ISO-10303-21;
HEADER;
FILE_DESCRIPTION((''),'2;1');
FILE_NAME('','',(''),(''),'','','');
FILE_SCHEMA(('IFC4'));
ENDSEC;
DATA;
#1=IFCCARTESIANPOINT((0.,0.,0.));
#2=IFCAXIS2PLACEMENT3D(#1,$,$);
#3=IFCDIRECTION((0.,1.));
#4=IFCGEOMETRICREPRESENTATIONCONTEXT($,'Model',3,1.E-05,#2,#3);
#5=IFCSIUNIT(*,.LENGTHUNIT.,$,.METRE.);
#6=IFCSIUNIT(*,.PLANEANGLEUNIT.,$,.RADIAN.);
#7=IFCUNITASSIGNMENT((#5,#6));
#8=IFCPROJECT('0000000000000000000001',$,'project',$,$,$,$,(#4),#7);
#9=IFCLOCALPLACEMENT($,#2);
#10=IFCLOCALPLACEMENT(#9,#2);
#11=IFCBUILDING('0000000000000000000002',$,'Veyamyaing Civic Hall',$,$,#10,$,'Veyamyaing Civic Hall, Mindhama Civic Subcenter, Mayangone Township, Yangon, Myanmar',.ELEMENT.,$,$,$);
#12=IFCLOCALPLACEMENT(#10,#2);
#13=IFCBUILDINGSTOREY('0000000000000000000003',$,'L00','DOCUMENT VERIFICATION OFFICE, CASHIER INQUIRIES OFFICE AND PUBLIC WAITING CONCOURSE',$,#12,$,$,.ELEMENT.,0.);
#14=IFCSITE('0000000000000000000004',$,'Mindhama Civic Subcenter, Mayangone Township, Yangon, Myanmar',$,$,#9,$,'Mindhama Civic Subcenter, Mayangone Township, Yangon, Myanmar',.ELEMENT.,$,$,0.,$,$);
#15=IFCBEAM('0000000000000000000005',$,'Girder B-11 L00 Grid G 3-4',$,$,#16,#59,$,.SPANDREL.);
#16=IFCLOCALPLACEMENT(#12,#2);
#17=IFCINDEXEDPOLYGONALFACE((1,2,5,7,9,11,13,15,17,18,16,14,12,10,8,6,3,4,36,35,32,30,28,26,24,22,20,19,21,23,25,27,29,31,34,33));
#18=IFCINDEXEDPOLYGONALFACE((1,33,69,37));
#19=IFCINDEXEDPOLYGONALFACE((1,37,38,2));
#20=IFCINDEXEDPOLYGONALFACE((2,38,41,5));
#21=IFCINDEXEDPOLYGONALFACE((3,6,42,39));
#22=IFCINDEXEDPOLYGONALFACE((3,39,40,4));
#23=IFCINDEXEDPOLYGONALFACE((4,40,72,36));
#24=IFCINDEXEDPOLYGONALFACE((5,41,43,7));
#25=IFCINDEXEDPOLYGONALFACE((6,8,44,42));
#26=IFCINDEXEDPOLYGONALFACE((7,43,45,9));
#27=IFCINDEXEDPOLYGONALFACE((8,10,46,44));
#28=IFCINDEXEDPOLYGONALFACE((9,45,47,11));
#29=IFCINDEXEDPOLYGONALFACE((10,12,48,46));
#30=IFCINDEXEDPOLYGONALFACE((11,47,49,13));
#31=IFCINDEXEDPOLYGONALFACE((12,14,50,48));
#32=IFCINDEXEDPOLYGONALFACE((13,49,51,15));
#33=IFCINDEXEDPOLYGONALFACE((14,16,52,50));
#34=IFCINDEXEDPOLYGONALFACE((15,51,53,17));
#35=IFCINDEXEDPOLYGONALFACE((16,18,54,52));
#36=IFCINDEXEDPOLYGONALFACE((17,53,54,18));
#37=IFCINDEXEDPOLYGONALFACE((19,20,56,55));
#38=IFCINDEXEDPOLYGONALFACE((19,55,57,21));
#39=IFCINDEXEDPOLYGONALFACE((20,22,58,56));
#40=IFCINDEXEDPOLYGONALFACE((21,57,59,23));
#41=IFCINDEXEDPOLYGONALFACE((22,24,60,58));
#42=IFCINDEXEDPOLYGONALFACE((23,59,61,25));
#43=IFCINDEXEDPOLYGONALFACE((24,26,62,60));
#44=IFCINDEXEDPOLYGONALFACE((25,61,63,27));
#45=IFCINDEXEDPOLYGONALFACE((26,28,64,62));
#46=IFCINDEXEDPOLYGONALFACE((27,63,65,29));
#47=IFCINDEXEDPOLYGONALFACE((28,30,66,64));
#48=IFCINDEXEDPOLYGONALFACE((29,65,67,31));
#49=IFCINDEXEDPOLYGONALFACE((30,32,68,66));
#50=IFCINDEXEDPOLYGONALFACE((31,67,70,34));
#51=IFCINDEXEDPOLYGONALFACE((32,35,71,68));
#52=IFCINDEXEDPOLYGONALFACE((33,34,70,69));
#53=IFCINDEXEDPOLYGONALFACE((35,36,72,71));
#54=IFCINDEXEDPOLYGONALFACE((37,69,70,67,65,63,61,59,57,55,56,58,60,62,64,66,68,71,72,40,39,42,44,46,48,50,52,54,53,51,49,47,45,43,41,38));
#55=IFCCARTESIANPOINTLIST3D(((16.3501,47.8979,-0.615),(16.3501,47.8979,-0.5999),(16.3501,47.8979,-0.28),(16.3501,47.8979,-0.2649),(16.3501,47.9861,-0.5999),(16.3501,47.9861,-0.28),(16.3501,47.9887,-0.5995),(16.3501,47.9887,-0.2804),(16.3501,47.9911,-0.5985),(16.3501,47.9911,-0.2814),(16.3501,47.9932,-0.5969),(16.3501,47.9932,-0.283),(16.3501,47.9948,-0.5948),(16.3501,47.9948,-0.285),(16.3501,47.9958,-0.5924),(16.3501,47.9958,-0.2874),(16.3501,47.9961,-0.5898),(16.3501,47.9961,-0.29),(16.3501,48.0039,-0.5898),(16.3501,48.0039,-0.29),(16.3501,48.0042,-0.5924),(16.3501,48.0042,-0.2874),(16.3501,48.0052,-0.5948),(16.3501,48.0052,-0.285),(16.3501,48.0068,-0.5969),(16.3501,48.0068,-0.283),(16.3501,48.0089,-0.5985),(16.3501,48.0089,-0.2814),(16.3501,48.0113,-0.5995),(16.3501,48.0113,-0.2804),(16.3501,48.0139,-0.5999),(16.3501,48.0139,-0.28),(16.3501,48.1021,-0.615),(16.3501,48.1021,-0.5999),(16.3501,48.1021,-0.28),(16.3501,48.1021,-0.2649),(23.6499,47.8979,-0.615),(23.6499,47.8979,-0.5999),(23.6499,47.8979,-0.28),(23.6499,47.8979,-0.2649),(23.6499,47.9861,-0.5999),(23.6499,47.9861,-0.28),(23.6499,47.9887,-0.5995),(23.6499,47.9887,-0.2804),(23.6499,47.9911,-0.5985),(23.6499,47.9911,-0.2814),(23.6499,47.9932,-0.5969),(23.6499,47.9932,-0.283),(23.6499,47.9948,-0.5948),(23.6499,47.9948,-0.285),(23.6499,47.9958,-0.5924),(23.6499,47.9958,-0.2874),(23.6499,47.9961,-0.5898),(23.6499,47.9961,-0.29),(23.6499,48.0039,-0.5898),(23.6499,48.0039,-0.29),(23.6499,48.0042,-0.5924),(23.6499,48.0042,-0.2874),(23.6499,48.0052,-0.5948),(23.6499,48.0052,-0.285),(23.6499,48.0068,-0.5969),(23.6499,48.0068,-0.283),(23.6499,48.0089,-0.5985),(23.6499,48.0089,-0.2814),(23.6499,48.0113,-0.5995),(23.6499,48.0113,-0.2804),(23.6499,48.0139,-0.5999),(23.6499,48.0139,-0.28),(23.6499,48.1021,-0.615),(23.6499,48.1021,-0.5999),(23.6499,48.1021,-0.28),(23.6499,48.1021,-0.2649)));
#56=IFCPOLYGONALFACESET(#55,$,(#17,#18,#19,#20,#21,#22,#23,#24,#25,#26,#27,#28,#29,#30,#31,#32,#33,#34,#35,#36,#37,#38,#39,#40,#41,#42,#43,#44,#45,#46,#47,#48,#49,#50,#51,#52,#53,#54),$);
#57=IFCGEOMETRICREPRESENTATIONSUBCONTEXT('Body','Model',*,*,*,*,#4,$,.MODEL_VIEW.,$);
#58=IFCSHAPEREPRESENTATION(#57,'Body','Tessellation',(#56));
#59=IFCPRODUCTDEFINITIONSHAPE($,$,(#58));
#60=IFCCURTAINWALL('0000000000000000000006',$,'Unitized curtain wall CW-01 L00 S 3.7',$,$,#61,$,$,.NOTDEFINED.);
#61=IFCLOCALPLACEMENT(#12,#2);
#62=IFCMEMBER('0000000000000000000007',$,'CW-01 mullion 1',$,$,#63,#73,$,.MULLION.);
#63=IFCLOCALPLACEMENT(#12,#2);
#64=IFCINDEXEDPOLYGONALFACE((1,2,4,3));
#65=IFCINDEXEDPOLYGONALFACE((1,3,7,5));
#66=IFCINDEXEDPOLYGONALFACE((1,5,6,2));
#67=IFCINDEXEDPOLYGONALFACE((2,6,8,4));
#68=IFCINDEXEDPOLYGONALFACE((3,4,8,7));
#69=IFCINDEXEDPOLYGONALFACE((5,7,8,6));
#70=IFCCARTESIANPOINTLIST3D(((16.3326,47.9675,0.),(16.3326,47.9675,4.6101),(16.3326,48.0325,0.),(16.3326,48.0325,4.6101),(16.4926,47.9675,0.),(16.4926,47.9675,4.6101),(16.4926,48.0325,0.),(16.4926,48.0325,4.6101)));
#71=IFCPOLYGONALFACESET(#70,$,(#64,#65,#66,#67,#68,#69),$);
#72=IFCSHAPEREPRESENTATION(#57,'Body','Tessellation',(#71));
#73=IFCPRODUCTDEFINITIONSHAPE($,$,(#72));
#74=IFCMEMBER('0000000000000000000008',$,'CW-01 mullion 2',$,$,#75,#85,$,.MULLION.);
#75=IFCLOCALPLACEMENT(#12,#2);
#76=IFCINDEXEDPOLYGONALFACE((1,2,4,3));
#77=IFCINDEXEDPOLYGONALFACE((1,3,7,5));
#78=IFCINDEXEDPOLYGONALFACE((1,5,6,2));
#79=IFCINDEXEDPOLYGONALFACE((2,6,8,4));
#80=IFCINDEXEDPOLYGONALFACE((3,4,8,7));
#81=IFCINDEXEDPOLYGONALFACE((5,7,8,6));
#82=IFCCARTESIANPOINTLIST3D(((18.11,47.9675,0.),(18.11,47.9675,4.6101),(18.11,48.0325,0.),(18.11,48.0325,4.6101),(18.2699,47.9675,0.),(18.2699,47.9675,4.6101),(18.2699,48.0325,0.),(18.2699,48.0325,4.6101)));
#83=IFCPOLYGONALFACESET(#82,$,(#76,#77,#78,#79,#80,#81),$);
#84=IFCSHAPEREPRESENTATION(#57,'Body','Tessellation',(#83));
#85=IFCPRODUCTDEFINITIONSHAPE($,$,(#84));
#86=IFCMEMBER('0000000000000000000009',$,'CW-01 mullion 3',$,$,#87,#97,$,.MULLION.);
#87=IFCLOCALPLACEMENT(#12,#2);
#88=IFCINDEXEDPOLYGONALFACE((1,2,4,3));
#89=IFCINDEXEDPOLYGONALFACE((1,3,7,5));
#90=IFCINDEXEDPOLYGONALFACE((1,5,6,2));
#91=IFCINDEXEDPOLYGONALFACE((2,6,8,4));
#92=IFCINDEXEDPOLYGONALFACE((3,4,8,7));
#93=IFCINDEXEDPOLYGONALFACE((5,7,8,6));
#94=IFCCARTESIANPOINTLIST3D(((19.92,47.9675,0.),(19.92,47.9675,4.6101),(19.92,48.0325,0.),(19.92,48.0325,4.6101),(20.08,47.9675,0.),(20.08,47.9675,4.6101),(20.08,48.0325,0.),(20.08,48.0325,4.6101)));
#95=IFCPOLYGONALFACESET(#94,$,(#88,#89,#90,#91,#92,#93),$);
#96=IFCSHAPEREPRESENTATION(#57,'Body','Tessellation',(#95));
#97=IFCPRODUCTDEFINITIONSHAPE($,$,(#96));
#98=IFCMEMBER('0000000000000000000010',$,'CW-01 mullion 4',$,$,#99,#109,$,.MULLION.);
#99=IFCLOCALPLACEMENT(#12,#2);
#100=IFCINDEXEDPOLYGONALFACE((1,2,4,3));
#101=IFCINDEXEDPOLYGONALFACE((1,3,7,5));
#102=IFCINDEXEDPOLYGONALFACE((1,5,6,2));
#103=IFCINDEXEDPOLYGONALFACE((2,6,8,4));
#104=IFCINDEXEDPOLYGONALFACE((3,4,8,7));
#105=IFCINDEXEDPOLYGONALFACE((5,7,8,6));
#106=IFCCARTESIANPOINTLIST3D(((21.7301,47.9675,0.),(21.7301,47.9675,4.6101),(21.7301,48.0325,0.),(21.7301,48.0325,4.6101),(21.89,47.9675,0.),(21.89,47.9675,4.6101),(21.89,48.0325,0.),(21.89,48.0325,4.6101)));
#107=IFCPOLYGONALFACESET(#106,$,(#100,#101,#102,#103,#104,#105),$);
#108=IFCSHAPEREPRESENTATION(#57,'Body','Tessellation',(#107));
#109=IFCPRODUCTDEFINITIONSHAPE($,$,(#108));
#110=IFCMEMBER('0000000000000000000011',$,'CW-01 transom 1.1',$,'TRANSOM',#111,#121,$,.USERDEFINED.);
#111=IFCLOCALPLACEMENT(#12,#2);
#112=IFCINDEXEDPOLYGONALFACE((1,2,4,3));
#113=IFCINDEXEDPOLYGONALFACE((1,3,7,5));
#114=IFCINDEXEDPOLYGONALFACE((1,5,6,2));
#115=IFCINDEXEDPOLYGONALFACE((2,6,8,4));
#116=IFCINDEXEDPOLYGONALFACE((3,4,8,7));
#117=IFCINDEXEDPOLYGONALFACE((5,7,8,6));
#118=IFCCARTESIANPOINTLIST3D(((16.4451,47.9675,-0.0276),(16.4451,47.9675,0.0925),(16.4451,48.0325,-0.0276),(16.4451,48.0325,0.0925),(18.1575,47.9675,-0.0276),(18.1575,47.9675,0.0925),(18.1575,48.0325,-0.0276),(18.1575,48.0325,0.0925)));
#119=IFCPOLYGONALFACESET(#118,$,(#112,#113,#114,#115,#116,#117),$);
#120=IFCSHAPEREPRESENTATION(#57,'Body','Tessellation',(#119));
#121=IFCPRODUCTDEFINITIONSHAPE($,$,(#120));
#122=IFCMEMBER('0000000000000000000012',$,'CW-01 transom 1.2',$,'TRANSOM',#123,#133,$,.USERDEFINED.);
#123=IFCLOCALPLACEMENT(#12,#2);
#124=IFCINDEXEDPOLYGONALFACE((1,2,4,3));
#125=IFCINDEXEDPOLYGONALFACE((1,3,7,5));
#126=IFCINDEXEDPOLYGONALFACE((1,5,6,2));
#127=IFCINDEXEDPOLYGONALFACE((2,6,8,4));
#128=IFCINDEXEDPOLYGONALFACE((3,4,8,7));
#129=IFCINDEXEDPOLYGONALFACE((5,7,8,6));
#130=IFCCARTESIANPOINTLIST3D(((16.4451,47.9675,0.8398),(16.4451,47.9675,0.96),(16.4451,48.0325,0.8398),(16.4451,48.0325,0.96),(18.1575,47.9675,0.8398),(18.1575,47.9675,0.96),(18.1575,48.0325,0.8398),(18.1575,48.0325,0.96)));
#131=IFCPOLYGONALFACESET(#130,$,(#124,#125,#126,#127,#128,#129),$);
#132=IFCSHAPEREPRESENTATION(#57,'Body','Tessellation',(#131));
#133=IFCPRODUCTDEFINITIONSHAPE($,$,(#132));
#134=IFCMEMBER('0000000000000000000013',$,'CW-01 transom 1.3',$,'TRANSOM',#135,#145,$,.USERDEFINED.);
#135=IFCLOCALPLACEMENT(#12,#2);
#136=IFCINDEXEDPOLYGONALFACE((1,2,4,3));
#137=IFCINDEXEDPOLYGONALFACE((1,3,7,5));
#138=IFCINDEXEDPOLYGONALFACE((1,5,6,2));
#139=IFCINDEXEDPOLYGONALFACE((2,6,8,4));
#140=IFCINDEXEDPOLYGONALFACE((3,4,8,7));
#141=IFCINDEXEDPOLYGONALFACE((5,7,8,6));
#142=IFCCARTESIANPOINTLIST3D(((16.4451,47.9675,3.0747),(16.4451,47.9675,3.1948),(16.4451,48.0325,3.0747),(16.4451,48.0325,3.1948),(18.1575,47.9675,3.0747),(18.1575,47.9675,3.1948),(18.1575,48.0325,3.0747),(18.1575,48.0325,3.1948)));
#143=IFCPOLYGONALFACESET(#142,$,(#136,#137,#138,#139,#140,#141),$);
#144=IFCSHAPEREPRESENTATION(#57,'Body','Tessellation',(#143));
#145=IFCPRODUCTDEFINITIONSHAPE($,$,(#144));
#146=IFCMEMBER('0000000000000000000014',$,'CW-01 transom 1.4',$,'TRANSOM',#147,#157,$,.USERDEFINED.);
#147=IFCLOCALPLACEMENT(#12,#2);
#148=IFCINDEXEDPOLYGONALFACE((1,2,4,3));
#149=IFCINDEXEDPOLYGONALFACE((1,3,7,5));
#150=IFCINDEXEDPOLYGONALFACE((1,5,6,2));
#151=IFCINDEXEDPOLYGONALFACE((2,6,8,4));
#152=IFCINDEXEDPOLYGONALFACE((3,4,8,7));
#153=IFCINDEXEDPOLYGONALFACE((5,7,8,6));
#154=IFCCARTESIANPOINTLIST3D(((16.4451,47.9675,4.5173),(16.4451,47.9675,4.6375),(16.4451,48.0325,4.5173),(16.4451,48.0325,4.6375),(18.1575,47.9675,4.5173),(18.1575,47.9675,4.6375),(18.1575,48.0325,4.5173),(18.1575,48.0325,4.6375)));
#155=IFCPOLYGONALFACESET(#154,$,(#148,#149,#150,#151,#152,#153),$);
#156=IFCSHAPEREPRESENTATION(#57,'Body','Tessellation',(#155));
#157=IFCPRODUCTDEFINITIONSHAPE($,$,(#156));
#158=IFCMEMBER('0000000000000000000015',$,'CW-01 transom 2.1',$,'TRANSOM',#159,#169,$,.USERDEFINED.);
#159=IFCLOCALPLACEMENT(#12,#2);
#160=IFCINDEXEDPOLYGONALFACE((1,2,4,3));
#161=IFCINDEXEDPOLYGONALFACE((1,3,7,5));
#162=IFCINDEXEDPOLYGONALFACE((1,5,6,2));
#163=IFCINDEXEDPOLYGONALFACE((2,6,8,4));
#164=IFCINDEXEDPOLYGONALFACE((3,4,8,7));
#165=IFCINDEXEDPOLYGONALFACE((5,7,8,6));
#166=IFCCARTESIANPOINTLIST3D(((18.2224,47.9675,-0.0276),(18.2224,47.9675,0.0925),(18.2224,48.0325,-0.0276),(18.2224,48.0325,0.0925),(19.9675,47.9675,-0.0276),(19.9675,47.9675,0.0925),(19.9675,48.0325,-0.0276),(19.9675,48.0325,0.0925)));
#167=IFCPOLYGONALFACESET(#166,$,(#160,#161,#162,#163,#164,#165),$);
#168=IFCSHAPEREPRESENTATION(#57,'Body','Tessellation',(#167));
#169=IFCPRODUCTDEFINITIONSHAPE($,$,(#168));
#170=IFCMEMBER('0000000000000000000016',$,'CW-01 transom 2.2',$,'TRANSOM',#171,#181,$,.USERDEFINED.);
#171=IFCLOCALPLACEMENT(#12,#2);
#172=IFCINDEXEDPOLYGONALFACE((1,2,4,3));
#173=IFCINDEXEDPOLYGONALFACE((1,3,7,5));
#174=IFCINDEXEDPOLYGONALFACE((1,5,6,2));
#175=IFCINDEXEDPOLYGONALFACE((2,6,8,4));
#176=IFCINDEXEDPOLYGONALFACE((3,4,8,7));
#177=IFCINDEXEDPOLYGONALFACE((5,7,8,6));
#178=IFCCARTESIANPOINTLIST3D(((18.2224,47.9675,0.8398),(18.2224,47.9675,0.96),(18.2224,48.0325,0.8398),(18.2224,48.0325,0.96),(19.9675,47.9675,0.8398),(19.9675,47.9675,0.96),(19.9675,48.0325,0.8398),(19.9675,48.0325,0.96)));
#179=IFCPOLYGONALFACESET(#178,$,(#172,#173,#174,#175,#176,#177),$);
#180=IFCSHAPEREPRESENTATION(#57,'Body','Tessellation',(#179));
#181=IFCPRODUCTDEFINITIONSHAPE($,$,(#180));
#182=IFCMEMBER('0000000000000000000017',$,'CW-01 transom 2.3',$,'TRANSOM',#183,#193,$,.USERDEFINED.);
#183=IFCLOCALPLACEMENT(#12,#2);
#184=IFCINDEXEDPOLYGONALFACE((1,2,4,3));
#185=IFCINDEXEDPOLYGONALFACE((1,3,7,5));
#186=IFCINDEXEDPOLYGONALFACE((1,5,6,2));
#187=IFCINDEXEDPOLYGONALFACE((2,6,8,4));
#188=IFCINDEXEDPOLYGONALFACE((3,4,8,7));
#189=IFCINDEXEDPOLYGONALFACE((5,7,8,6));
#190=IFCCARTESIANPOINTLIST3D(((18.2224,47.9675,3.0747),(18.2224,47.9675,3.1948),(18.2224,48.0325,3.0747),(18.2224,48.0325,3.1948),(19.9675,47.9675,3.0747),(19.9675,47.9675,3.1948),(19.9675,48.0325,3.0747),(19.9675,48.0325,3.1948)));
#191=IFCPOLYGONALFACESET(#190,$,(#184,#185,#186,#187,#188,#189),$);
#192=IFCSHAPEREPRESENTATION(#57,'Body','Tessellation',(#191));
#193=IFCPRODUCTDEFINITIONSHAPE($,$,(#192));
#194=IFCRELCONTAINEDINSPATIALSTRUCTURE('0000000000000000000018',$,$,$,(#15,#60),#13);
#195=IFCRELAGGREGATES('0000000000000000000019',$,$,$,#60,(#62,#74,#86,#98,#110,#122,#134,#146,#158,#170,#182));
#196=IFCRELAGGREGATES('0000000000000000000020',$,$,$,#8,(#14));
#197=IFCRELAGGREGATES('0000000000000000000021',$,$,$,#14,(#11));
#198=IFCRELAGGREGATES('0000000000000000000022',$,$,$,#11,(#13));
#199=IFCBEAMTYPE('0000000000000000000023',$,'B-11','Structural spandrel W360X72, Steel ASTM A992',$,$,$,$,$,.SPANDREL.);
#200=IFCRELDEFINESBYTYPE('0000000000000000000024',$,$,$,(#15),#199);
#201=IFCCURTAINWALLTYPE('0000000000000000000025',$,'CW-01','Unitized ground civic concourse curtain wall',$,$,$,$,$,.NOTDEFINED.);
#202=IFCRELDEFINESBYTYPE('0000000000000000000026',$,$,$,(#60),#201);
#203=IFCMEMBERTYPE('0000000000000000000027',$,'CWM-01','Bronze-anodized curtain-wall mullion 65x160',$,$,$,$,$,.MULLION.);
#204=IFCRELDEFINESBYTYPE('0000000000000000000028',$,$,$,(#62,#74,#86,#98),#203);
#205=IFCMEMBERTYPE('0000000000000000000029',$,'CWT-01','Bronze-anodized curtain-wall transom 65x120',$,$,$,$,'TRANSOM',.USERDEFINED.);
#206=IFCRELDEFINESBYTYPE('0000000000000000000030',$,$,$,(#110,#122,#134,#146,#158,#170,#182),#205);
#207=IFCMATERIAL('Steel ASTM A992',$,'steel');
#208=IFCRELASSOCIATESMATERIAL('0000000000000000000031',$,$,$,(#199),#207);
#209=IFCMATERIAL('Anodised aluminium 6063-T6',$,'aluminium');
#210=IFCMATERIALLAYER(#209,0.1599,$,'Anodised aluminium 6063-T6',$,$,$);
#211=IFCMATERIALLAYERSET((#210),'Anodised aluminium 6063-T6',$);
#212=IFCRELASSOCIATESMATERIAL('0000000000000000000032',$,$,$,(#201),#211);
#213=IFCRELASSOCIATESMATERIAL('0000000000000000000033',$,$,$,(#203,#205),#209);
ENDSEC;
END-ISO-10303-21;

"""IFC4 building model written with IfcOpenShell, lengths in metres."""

from ifc_helpers import new_model, si_unit, direction, frame, origin, origin_2d, place, context, subcontext, project, spatial, rectangle, i_section, extrude, material, layer, layer_set, material_profile, profile_set, type_object, element, aggregate, save


model = new_model("IFC4")

# Units and contexts
model_context = context("Model", 3, precision=1e-05, world=origin(), true_north=direction((0.0, 1.0)))
body_context = subcontext(model_context, "Body", "Model", "MODEL_VIEW")
ifc_project = project(units=[si_unit("LENGTHUNIT", "METRE"), si_unit("PLANEANGLEUNIT", "RADIAN")], contexts=[model_context])

# Site, building, storey
site_placement = place(None, origin())
site = spatial("IfcSite", under=ifc_project, at=site_placement, Name="Mindhama Civic Subcenter, Mayangone Township, Yangon, Myanmar", LongName="Mindhama Civic Subcenter, Mayangone Township, Yangon, Myanmar", CompositionType="ELEMENT", RefElevation=0.0)
building_placement = place(site_placement, origin())
building = spatial("IfcBuilding", under=site, at=building_placement, Name="Veyamyaing Civic Hall", LongName="Veyamyaing Civic Hall, Mindhama Civic Subcenter, Mayangone Township, Yangon, Myanmar", CompositionType="ELEMENT")
storey_placement = place(building_placement, origin())
storey = spatial("IfcBuildingStorey", under=building, at=storey_placement, Name="L00", Description="DOCUMENT VERIFICATION OFFICE, CASHIER INQUIRIES OFFICE AND PUBLIC WAITING CONCOURSE", CompositionType="ELEMENT", Elevation=0.0)

# Beam
ifc_material_1 = material(Name="Steel ASTM A992", Category="steel")
ifc_material_profile_1 = material_profile(ifc_material_1, i_section(OverallWidth=0.2041, OverallDepth=0.3501, WebThickness=0.0078, FlangeThickness=0.0151, FilletRadius=0.01, at=origin_2d()), Name="W360X72")
ifc_profile_set_1 = profile_set([ifc_material_profile_1], Name="Steel ASTM A992")
beam_type = type_object("IfcBeamType", Name="B-11", Description="Structural spandrel W360X72, Steel ASTM A992", PredefinedType="SPANDREL", material=ifc_profile_set_1)
beam_placement = place(storey_placement, frame((16.3501, 48.0, -0.4399), z_axis=(1.0, 0.0, 0.0), x_axis=(0.0, 1.0, 0.0)))
element("IfcBeam", 1, at=beam_placement, inside=storey, type_object=beam_type, Name="Girder B-11 L00 Grid G 3-4", PredefinedType="SPANDREL", context=body_context, shape_type="SweptSolid", body=[
    extrude(i_section(OverallWidth=0.2041, OverallDepth=0.3501, WebThickness=0.0078, FlangeThickness=0.0151, FilletRadius=0.01, at=origin_2d()), origin(), (0.0, 0.0, 1.0), 7.2998),
])

# Curtain wall, members
ifc_material_2 = material(Name="Anodised aluminium 6063-T6", Category="aluminium")
ifc_layer_1 = layer(ifc_material_2, 0.1599, Name="Anodised aluminium 6063-T6")
ifc_layer_set_1 = layer_set([ifc_layer_1], Name="Anodised aluminium 6063-T6")
curtain_wall_type = type_object("IfcCurtainWallType", Name="CW-01", Description="Unitized ground civic concourse curtain wall", PredefinedType="NOTDEFINED", material=ifc_layer_set_1)
curtain_wall_placement = place(storey_placement, origin())
curtain_wall = element("IfcCurtainWall", 2, at=curtain_wall_placement, inside=storey, type_object=curtain_wall_type, Name="Unitized curtain wall CW-01 L00 S 3.7", PredefinedType="NOTDEFINED")
ifc_material_profile_2 = material_profile(ifc_material_2, rectangle(XDim=0.0649, YDim=0.1599, at=origin_2d()), Name="ALU-MUL-65X160")
ifc_profile_set_2 = profile_set([ifc_material_profile_2], Name="Anodised aluminium 6063-T6")
member_type_1 = type_object("IfcMemberType", Name="CWM-01", Description="Bronze-anodized curtain-wall mullion 65x160", PredefinedType="MULLION", material=ifc_profile_set_2)
member_1_placement = place(storey_placement, frame((16.4126, 48.0, 0.0), z_axis=(0.0, 0.0, 1.0), x_axis=(0.0, 1.0, 0.0)))
member_1 = element("IfcMember", 3, at=member_1_placement, type_object=member_type_1, Name="CW-01 mullion 1", PredefinedType="MULLION", context=body_context, shape_type="SweptSolid", body=[
    extrude(rectangle(XDim=0.0649, YDim=0.1599, at=origin_2d()), origin(), (0.0, 0.0, 1.0), 4.6101),
])
member_2_placement = place(storey_placement, frame((18.1899, 48.0, 0.0), z_axis=(0.0, 0.0, 1.0), x_axis=(0.0, 1.0, 0.0)))
member_2 = element("IfcMember", 4, at=member_2_placement, type_object=member_type_1, Name="CW-01 mullion 2", PredefinedType="MULLION", context=body_context, shape_type="SweptSolid", body=[
    extrude(rectangle(XDim=0.0649, YDim=0.1599, at=origin_2d()), origin(), (0.0, 0.0, 1.0), 4.6101),
])
member_3_placement = place(storey_placement, frame((20.0, 48.0, 0.0), z_axis=(0.0, 0.0, 1.0), x_axis=(0.0, 1.0, 0.0)))
member_3 = element("IfcMember", 5, at=member_3_placement, type_object=member_type_1, Name="CW-01 mullion 3", PredefinedType="MULLION", context=body_context, shape_type="SweptSolid", body=[
    extrude(rectangle(XDim=0.0649, YDim=0.1599, at=origin_2d()), origin(), (0.0, 0.0, 1.0), 4.6101),
])
member_4_placement = place(storey_placement, frame((21.8101, 48.0, 0.0), z_axis=(0.0, 0.0, 1.0), x_axis=(0.0, 1.0, 0.0)))
member_4 = element("IfcMember", 6, at=member_4_placement, type_object=member_type_1, Name="CW-01 mullion 4", PredefinedType="MULLION", context=body_context, shape_type="SweptSolid", body=[
    extrude(rectangle(XDim=0.0649, YDim=0.1599, at=origin_2d()), origin(), (0.0, 0.0, 1.0), 4.6101),
])
ifc_material_profile_3 = material_profile(ifc_material_2, rectangle(XDim=0.0649, YDim=0.1201, at=origin_2d()), Name="ALU-TRN-65X120")
ifc_profile_set_3 = profile_set([ifc_material_profile_3], Name="Anodised aluminium 6063-T6")
member_type_2 = type_object("IfcMemberType", Name="CWT-01", Description="Bronze-anodized curtain-wall transom 65x120", ElementType="TRANSOM", PredefinedType="USERDEFINED", material=ifc_profile_set_3)
member_5_placement = place(storey_placement, frame((16.4451, 48.0, 0.0325), z_axis=(1.0, 0.0, 0.0), x_axis=(0.0, 1.0, 0.0)))
member_5 = element("IfcMember", 7, at=member_5_placement, type_object=member_type_2, Name="CW-01 transom 1.1", ObjectType="TRANSOM", PredefinedType="USERDEFINED", context=body_context, shape_type="SweptSolid", body=[
    extrude(rectangle(XDim=0.0649, YDim=0.1201, at=origin_2d()), origin(), (0.0, 0.0, 1.0), 1.7124),
])
member_6_placement = place(storey_placement, frame((16.4451, 48.0, 0.8999), z_axis=(1.0, 0.0, 0.0), x_axis=(0.0, 1.0, 0.0)))
member_6 = element("IfcMember", 8, at=member_6_placement, type_object=member_type_2, Name="CW-01 transom 1.2", ObjectType="TRANSOM", PredefinedType="USERDEFINED", context=body_context, shape_type="SweptSolid", body=[
    extrude(rectangle(XDim=0.0649, YDim=0.1201, at=origin_2d()), origin(), (0.0, 0.0, 1.0), 1.7124),
])
member_7_placement = place(storey_placement, frame((16.4451, 48.0, 3.1348), z_axis=(1.0, 0.0, 0.0), x_axis=(0.0, 1.0, 0.0)))
member_7 = element("IfcMember", 9, at=member_7_placement, type_object=member_type_2, Name="CW-01 transom 1.3", ObjectType="TRANSOM", PredefinedType="USERDEFINED", context=body_context, shape_type="SweptSolid", body=[
    extrude(rectangle(XDim=0.0649, YDim=0.1201, at=origin_2d()), origin(), (0.0, 0.0, 1.0), 1.7124),
])
member_8_placement = place(storey_placement, frame((16.4451, 48.0, 4.5774), z_axis=(1.0, 0.0, 0.0), x_axis=(0.0, 1.0, 0.0)))
member_8 = element("IfcMember", 10, at=member_8_placement, type_object=member_type_2, Name="CW-01 transom 1.4", ObjectType="TRANSOM", PredefinedType="USERDEFINED", context=body_context, shape_type="SweptSolid", body=[
    extrude(rectangle(XDim=0.0649, YDim=0.1201, at=origin_2d()), origin(), (0.0, 0.0, 1.0), 1.7124),
])
member_9_placement = place(storey_placement, frame((18.2224, 48.0, 0.0325), z_axis=(1.0, 0.0, 0.0), x_axis=(0.0, 1.0, 0.0)))
member_9 = element("IfcMember", 11, at=member_9_placement, type_object=member_type_2, Name="CW-01 transom 2.1", ObjectType="TRANSOM", PredefinedType="USERDEFINED", context=body_context, shape_type="SweptSolid", body=[
    extrude(rectangle(XDim=0.0649, YDim=0.1201, at=origin_2d()), origin(), (0.0, 0.0, 1.0), 1.7451),
])
member_10_placement = place(storey_placement, frame((18.2224, 48.0, 0.8999), z_axis=(1.0, 0.0, 0.0), x_axis=(0.0, 1.0, 0.0)))
member_10 = element("IfcMember", 12, at=member_10_placement, type_object=member_type_2, Name="CW-01 transom 2.2", ObjectType="TRANSOM", PredefinedType="USERDEFINED", context=body_context, shape_type="SweptSolid", body=[
    extrude(rectangle(XDim=0.0649, YDim=0.1201, at=origin_2d()), origin(), (0.0, 0.0, 1.0), 1.7451),
])
member_11_placement = place(storey_placement, frame((18.2224, 48.0, 3.1348), z_axis=(1.0, 0.0, 0.0), x_axis=(0.0, 1.0, 0.0)))
member_11 = element("IfcMember", 13, at=member_11_placement, type_object=member_type_2, Name="CW-01 transom 2.3", ObjectType="TRANSOM", PredefinedType="USERDEFINED", context=body_context, shape_type="SweptSolid", body=[
    extrude(rectangle(XDim=0.0649, YDim=0.1201, at=origin_2d()), origin(), (0.0, 0.0, 1.0), 1.7451),
])
aggregate(curtain_wall, [member_1, member_2, member_3, member_4, member_5, member_6, member_7, member_8, member_9, member_10, member_11])

save(model, "model.ifc")
